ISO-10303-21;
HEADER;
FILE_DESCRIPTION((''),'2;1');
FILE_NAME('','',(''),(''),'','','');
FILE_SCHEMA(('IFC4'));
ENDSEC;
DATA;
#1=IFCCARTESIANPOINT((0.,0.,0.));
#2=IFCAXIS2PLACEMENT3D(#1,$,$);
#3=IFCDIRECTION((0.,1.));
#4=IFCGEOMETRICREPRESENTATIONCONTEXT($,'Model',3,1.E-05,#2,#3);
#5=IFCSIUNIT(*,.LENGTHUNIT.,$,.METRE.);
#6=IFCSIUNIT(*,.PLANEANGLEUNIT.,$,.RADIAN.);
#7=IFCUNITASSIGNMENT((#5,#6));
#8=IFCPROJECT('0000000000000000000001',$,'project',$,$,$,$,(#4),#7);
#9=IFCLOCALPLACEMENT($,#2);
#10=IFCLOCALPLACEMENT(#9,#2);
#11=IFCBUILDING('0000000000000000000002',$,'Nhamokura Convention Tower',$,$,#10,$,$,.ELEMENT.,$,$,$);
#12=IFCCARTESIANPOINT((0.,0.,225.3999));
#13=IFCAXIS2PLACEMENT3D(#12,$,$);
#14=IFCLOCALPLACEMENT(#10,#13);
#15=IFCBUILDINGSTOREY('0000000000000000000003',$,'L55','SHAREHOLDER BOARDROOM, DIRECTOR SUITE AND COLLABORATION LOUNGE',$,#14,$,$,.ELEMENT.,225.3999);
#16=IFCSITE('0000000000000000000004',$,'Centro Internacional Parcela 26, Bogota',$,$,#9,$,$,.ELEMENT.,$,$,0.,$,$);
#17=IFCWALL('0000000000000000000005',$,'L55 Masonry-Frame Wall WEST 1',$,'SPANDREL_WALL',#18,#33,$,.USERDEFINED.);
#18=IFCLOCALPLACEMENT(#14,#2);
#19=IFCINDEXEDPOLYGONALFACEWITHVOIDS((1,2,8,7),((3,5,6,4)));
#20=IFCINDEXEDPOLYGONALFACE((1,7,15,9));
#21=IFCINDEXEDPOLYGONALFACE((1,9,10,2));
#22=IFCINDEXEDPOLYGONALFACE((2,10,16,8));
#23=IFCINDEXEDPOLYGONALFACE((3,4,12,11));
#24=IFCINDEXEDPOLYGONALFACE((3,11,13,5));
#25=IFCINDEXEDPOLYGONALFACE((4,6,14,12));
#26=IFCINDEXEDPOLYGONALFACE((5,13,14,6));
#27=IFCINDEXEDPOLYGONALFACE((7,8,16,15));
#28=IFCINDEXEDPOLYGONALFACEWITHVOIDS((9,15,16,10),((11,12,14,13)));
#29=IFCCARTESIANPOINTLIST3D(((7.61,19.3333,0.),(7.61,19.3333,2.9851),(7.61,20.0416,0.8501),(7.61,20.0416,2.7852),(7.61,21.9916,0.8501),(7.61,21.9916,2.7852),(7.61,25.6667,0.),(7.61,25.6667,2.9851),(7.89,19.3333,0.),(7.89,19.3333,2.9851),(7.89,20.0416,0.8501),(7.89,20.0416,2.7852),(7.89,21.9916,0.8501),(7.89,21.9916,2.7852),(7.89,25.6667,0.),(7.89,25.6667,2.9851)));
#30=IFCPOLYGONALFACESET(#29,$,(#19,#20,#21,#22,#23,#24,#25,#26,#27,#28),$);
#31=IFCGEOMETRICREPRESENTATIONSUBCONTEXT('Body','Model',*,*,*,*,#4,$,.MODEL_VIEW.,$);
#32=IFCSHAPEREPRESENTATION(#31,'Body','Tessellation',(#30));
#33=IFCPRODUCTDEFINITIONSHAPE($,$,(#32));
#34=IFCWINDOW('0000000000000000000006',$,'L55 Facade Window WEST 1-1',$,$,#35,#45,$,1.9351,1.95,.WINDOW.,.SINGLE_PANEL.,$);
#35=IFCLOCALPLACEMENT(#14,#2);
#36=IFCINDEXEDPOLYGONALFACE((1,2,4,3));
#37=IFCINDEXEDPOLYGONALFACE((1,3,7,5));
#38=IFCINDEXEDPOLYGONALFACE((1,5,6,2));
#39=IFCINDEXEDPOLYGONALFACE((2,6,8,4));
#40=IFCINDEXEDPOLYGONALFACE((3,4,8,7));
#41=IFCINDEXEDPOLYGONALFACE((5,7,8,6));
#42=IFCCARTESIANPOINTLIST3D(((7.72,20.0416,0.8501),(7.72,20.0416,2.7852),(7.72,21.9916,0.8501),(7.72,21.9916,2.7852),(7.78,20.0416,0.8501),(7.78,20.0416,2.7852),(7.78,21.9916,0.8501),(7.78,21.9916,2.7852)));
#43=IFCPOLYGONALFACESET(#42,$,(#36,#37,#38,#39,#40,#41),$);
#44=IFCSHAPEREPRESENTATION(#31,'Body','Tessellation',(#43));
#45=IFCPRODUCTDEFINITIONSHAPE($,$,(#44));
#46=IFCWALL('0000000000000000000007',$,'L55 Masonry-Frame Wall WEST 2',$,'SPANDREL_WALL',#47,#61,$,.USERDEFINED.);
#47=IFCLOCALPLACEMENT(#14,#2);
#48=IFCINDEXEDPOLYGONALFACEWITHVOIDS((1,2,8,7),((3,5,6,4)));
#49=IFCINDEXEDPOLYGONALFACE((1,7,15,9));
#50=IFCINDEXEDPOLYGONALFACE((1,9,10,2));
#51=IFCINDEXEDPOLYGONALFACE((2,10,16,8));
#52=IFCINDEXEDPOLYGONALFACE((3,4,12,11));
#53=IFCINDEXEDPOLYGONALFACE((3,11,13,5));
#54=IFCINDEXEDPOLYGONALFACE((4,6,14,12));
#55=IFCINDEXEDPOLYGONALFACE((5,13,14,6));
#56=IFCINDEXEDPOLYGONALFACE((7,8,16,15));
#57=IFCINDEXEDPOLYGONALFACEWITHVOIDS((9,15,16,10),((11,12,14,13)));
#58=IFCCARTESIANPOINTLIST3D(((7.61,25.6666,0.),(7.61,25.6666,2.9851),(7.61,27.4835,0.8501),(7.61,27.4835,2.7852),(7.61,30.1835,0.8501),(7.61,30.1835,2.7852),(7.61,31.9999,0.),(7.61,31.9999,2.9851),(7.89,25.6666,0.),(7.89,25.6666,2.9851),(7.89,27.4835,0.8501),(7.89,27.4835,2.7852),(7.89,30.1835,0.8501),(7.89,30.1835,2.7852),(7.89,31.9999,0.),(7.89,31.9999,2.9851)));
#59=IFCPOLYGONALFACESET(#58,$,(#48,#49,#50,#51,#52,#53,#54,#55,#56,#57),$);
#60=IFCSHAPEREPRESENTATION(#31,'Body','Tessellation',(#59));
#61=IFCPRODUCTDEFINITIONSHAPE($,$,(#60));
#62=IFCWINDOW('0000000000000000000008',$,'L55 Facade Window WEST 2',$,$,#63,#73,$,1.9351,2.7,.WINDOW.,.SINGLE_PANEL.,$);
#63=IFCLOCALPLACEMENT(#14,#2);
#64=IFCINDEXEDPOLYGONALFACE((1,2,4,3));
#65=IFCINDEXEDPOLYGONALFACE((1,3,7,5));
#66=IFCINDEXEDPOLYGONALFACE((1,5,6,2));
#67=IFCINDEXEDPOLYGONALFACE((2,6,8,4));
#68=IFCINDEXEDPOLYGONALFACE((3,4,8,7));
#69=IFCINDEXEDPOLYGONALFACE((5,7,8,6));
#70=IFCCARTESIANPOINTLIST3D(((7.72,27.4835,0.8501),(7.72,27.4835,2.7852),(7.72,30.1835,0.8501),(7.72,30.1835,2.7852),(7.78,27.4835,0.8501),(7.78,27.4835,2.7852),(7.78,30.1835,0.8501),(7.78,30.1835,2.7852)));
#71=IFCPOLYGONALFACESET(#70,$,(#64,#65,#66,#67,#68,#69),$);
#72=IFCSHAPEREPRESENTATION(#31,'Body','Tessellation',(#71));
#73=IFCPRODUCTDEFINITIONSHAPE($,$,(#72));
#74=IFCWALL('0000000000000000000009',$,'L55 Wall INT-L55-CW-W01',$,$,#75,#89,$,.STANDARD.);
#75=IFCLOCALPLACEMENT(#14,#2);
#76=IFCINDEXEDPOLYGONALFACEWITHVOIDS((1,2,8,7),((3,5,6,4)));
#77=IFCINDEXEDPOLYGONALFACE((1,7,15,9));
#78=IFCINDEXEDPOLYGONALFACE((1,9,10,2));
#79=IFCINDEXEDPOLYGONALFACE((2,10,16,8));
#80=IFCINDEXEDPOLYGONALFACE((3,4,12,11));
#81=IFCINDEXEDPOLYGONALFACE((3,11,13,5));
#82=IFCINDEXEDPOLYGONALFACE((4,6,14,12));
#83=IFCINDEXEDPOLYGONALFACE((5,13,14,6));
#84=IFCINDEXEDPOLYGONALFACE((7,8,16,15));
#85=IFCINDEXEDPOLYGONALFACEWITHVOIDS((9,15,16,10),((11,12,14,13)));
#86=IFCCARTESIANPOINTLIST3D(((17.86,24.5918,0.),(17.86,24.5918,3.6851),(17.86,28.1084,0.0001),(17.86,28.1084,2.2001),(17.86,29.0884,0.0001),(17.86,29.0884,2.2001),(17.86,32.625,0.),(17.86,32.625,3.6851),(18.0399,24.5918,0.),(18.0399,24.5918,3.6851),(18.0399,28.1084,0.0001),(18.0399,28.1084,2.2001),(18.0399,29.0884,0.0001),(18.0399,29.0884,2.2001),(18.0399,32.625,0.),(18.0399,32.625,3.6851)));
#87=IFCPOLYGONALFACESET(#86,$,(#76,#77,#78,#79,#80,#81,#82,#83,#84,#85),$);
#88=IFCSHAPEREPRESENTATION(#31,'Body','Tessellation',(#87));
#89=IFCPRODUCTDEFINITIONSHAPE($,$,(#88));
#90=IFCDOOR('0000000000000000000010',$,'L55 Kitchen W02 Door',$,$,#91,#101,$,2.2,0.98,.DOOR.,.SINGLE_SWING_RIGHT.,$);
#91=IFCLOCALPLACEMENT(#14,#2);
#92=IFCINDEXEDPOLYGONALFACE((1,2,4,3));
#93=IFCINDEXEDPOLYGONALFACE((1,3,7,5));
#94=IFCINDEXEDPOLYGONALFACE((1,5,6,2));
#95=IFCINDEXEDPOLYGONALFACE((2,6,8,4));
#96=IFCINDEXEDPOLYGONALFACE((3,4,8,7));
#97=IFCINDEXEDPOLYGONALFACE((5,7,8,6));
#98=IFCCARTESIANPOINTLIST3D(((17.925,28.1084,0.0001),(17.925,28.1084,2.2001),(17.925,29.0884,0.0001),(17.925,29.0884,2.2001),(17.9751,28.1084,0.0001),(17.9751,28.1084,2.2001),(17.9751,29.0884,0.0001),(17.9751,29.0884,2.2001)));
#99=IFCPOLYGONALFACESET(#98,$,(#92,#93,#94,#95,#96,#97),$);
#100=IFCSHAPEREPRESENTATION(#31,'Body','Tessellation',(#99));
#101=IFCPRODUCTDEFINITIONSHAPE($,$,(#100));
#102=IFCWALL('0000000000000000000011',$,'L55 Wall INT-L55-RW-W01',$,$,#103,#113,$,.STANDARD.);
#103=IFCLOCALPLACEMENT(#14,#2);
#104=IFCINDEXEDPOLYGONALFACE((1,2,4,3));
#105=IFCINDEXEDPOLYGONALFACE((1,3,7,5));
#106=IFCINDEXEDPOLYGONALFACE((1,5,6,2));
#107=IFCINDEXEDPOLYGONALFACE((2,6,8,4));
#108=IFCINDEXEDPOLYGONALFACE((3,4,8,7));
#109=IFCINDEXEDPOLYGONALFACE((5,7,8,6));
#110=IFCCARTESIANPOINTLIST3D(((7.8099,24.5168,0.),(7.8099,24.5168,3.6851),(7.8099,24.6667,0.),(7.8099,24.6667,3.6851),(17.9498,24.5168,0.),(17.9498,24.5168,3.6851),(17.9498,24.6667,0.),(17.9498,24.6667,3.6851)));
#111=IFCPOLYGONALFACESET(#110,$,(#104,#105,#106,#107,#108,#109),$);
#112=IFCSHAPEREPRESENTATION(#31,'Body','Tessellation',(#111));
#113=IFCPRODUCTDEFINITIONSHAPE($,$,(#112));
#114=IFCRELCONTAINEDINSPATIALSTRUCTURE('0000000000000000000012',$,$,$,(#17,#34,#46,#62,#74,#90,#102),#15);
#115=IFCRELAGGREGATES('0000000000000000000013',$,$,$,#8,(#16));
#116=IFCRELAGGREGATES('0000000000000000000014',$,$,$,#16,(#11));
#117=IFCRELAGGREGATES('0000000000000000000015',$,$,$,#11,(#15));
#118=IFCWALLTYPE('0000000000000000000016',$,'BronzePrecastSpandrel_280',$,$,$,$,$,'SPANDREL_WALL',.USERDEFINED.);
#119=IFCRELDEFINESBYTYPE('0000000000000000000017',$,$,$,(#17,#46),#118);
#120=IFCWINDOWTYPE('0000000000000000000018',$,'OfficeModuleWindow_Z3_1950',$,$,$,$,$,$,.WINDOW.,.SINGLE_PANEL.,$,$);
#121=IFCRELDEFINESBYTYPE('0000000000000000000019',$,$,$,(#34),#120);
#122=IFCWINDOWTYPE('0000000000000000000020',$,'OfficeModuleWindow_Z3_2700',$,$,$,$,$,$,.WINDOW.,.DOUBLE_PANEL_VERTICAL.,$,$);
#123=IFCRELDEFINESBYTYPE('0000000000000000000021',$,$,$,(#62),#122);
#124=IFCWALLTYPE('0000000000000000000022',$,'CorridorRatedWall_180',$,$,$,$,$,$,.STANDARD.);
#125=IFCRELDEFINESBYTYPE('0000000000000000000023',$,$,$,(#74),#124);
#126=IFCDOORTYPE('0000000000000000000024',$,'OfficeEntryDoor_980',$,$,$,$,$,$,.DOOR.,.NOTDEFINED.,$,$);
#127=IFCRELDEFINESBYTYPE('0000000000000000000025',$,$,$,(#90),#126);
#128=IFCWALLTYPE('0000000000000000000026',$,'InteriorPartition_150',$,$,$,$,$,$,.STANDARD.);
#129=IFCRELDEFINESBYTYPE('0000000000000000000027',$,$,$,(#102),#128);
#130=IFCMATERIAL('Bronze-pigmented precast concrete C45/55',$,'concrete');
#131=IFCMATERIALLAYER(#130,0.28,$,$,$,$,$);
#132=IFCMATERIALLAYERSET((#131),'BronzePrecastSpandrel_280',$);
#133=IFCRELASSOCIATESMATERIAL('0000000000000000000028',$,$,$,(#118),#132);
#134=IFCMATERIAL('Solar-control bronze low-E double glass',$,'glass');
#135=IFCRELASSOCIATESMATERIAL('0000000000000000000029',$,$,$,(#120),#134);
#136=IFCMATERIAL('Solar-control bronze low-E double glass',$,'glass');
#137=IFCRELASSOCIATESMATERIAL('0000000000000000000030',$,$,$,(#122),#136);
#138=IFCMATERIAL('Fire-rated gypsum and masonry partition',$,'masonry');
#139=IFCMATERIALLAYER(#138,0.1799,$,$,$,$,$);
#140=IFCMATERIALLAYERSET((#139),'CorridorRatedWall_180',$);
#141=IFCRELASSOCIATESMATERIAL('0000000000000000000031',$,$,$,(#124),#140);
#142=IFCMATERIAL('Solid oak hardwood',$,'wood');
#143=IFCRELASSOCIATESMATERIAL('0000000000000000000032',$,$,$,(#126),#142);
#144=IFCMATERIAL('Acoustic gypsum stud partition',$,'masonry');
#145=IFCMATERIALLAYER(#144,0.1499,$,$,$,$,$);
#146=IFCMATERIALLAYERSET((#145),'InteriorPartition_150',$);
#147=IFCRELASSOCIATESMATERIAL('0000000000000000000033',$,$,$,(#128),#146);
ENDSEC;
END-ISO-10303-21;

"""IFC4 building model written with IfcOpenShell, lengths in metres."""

from ifc_helpers import new_model, si_unit, direction, frame, frame_2d, origin, place, context, subcontext, project, spatial, rectangle, extrude, material, layer, layer_set, type_object, element, fill, save


model = new_model("IFC4")

# Units and contexts
model_context = context("Model", 3, precision=1e-05, world=origin(), true_north=direction((0.0, 1.0)))
body_context = subcontext(model_context, "Body", "Model", "MODEL_VIEW")
ifc_project = project(units=[si_unit("LENGTHUNIT", "METRE"), si_unit("PLANEANGLEUNIT", "RADIAN")], contexts=[model_context])

# Site, building, storey
site_placement = place(None, origin())
site = spatial("IfcSite", under=ifc_project, at=site_placement, Name="Centro Internacional Parcela 26, Bogota", CompositionType="ELEMENT", RefElevation=0.0)
building_placement = place(site_placement, origin())
building = spatial("IfcBuilding", under=site, at=building_placement, Name="Nhamokura Convention Tower", CompositionType="ELEMENT")
storey_placement = place(building_placement, frame((0.0, 0.0, 225.3999)))
storey = spatial("IfcBuildingStorey", under=building, at=storey_placement, Name="L55", Description="SHAREHOLDER BOARDROOM, DIRECTOR SUITE AND COLLABORATION LOUNGE", CompositionType="ELEMENT", Elevation=225.3999)

# Walls, openings, windows
ifc_material_1 = material(Name="Bronze-pigmented precast concrete C45/55", Category="concrete")
ifc_layer_1 = layer(ifc_material_1, 0.28)
ifc_layer_set_1 = layer_set([ifc_layer_1], Name="BronzePrecastSpandrel_280")
wall_type_1 = type_object("IfcWallType", Name="BronzePrecastSpandrel_280", ElementType="SPANDREL_WALL", PredefinedType="USERDEFINED", material=ifc_layer_set_1)
wall_1_placement = place(storey_placement, frame((7.75, 19.3333, 0.0), z_axis=(0.0, 0.0, 1.0), x_axis=(0.0, 1.0, 0.0)))
wall_1 = element("IfcWall", 1, at=wall_1_placement, inside=storey, type_object=wall_type_1, Name="L55 Masonry-Frame Wall WEST 1", ObjectType="SPANDREL_WALL", PredefinedType="USERDEFINED", context=body_context, shape_type="SweptSolid", body=[
    extrude(rectangle(XDim=6.3335, YDim=0.28, at=frame_2d((3.1667, 0.0))), origin(), (0.0, 0.0, 1.0), 2.9851),
])
opening_1_placement = place(wall_1_placement, frame((0.7083, 0.0, 0.8501)))
opening_1 = element("IfcOpeningElement", 2, at=opening_1_placement, cuts=wall_1, PredefinedType="OPENING", context=body_context, shape_type="SweptSolid", body=[
    extrude(rectangle(XDim=1.95, YDim=1.9351, at=frame_2d((0.9751, 0.9675))), frame((0.0, 0.1499, 0.0), z_axis=(0.0, -1.0, 0.0), x_axis=(1.0, 0.0, 0.0)), (0.0, 0.0, 1.0), 0.3),
])
ifc_material_2 = material(Name="Solar-control bronze low-E double glass", Category="glass")
window_type_1 = type_object("IfcWindowType", Name="OfficeModuleWindow_Z3_1950", PartitioningType="SINGLE_PANEL", PredefinedType="WINDOW", material=ifc_material_2)
window_1_placement = place(opening_1_placement, origin())
window_1 = element("IfcWindow", 3, at=window_1_placement, inside=storey, type_object=window_type_1, Name="L55 Facade Window WEST 1-1", OverallHeight=1.9351, OverallWidth=1.95, PartitioningType="SINGLE_PANEL", PredefinedType="WINDOW", context=body_context, shape_type="SweptSolid", body=[
    extrude(rectangle(XDim=1.95, YDim=1.9351, at=frame_2d((0.9751, 0.9675))), frame((0.0, 0.03, 0.0), z_axis=(0.0, -1.0, 0.0), x_axis=(1.0, 0.0, 0.0)), (0.0, 0.0, 1.0), 0.0601),
])
fill(opening_1, window_1)
wall_2_placement = place(storey_placement, frame((7.75, 25.6667, 0.0), z_axis=(0.0, 0.0, 1.0), x_axis=(0.0, 1.0, 0.0)))
wall_2 = element("IfcWall", 4, at=wall_2_placement, inside=storey, type_object=wall_type_1, Name="L55 Masonry-Frame Wall WEST 2", ObjectType="SPANDREL_WALL", PredefinedType="USERDEFINED", context=body_context, shape_type="SweptSolid", body=[
    extrude(rectangle(XDim=6.3333, YDim=0.28, at=frame_2d((3.1665, 0.0))), origin(), (0.0, 0.0, 1.0), 2.9851),
])
opening_2_placement = place(wall_2_placement, frame((1.8167, 0.0, 0.8501)))
opening_2 = element("IfcOpeningElement", 5, at=opening_2_placement, cuts=wall_2, PredefinedType="OPENING", context=body_context, shape_type="SweptSolid", body=[
    extrude(rectangle(XDim=2.7, YDim=1.9351, at=frame_2d((1.3501, 0.9675))), frame((0.0, 0.1499, 0.0), z_axis=(0.0, -1.0, 0.0), x_axis=(1.0, 0.0, 0.0)), (0.0, 0.0, 1.0), 0.3),
])
ifc_material_3 = material(Name="Solar-control bronze low-E double glass", Category="glass")
window_type_2 = type_object("IfcWindowType", Name="OfficeModuleWindow_Z3_2700", PartitioningType="DOUBLE_PANEL_VERTICAL", PredefinedType="WINDOW", material=ifc_material_3)
window_2_placement = place(opening_2_placement, origin())
window_2 = element("IfcWindow", 6, at=window_2_placement, inside=storey, type_object=window_type_2, Name="L55 Facade Window WEST 2", OverallHeight=1.9351, OverallWidth=2.7, PartitioningType="SINGLE_PANEL", PredefinedType="WINDOW", context=body_context, shape_type="SweptSolid", body=[
    extrude(rectangle(XDim=2.7, YDim=1.9351, at=frame_2d((1.3501, 0.9675))), frame((0.0, 0.03, 0.0), z_axis=(0.0, -1.0, 0.0), x_axis=(1.0, 0.0, 0.0)), (0.0, 0.0, 1.0), 0.0601),
])
fill(opening_2, window_2)

# Wall, opening, door
ifc_material_4 = material(Name="Fire-rated gypsum and masonry partition", Category="masonry")
ifc_layer_2 = layer(ifc_material_4, 0.1799)
ifc_layer_set_2 = layer_set([ifc_layer_2], Name="CorridorRatedWall_180")
wall_type_2 = type_object("IfcWallType", Name="CorridorRatedWall_180", PredefinedType="STANDARD", material=ifc_layer_set_2)
wall_3_placement = place(storey_placement, frame((17.95, 24.5918, 0.0), z_axis=(0.0, 0.0, 1.0), x_axis=(0.0, 1.0, 0.0)))
wall_3 = element("IfcWall", 7, at=wall_3_placement, inside=storey, type_object=wall_type_2, Name="L55 Wall INT-L55-CW-W01", PredefinedType="STANDARD", context=body_context, shape_type="SweptSolid", body=[
    extrude(rectangle(XDim=8.0332, YDim=0.1799, at=frame_2d((4.0166, 0.0))), origin(), (0.0, 0.0, 1.0), 3.6851),
])
opening_3_placement = place(wall_3_placement, frame((3.5166, 0.0, 0.0)))
opening_3 = element("IfcOpeningElement", 8, at=opening_3_placement, cuts=wall_3, PredefinedType="OPENING", context=body_context, shape_type="SweptSolid", body=[
    extrude(rectangle(XDim=0.98, YDim=2.2, at=frame_2d((0.49, 1.1001))), frame((0.0, 0.0999, 0.0), z_axis=(0.0, -1.0, 0.0), x_axis=(1.0, 0.0, 0.0)), (0.0, 0.0, 1.0), 0.2),
])
ifc_material_5 = material(Name="Solid oak hardwood", Category="wood")
door_type = type_object("IfcDoorType", Name="OfficeEntryDoor_980", OperationType="NOTDEFINED", PredefinedType="DOOR", material=ifc_material_5)
door_placement = place(opening_3_placement, origin())
door = element("IfcDoor", 9, at=door_placement, inside=storey, type_object=door_type, Name="L55 Kitchen W02 Door", OperationType="SINGLE_SWING_RIGHT", OverallHeight=2.2, OverallWidth=0.98, PredefinedType="DOOR", context=body_context, shape_type="SweptSolid", body=[
    extrude(rectangle(XDim=0.98, YDim=2.2, at=frame_2d((0.49, 1.1001))), frame((0.0, 0.0249, 0.0), z_axis=(0.0, -1.0, 0.0), x_axis=(1.0, 0.0, 0.0)), (0.0, 0.0, 1.0), 0.05),
])
fill(opening_3, door)

# Wall
ifc_material_6 = material(Name="Acoustic gypsum stud partition", Category="masonry")
ifc_layer_3 = layer(ifc_material_6, 0.1499)
ifc_layer_set_3 = layer_set([ifc_layer_3], Name="InteriorPartition_150")
wall_type_3 = type_object("IfcWallType", Name="InteriorPartition_150", PredefinedType="STANDARD", material=ifc_layer_set_3)
wall_4_placement = place(storey_placement, frame((7.8101, 24.5918, 0.0), z_axis=(0.0, 0.0, 1.0), x_axis=(1.0, 0.0, 0.0)))
element("IfcWall", 10, at=wall_4_placement, inside=storey, type_object=wall_type_3, Name="L55 Wall INT-L55-RW-W01", PredefinedType="STANDARD", context=body_context, shape_type="SweptSolid", body=[
    extrude(rectangle(XDim=10.1399, YDim=0.1499, at=frame_2d((5.0698, 0.0))), origin(), (0.0, 0.0, 1.0), 3.6851),
])

save(model, "model.ifc")
